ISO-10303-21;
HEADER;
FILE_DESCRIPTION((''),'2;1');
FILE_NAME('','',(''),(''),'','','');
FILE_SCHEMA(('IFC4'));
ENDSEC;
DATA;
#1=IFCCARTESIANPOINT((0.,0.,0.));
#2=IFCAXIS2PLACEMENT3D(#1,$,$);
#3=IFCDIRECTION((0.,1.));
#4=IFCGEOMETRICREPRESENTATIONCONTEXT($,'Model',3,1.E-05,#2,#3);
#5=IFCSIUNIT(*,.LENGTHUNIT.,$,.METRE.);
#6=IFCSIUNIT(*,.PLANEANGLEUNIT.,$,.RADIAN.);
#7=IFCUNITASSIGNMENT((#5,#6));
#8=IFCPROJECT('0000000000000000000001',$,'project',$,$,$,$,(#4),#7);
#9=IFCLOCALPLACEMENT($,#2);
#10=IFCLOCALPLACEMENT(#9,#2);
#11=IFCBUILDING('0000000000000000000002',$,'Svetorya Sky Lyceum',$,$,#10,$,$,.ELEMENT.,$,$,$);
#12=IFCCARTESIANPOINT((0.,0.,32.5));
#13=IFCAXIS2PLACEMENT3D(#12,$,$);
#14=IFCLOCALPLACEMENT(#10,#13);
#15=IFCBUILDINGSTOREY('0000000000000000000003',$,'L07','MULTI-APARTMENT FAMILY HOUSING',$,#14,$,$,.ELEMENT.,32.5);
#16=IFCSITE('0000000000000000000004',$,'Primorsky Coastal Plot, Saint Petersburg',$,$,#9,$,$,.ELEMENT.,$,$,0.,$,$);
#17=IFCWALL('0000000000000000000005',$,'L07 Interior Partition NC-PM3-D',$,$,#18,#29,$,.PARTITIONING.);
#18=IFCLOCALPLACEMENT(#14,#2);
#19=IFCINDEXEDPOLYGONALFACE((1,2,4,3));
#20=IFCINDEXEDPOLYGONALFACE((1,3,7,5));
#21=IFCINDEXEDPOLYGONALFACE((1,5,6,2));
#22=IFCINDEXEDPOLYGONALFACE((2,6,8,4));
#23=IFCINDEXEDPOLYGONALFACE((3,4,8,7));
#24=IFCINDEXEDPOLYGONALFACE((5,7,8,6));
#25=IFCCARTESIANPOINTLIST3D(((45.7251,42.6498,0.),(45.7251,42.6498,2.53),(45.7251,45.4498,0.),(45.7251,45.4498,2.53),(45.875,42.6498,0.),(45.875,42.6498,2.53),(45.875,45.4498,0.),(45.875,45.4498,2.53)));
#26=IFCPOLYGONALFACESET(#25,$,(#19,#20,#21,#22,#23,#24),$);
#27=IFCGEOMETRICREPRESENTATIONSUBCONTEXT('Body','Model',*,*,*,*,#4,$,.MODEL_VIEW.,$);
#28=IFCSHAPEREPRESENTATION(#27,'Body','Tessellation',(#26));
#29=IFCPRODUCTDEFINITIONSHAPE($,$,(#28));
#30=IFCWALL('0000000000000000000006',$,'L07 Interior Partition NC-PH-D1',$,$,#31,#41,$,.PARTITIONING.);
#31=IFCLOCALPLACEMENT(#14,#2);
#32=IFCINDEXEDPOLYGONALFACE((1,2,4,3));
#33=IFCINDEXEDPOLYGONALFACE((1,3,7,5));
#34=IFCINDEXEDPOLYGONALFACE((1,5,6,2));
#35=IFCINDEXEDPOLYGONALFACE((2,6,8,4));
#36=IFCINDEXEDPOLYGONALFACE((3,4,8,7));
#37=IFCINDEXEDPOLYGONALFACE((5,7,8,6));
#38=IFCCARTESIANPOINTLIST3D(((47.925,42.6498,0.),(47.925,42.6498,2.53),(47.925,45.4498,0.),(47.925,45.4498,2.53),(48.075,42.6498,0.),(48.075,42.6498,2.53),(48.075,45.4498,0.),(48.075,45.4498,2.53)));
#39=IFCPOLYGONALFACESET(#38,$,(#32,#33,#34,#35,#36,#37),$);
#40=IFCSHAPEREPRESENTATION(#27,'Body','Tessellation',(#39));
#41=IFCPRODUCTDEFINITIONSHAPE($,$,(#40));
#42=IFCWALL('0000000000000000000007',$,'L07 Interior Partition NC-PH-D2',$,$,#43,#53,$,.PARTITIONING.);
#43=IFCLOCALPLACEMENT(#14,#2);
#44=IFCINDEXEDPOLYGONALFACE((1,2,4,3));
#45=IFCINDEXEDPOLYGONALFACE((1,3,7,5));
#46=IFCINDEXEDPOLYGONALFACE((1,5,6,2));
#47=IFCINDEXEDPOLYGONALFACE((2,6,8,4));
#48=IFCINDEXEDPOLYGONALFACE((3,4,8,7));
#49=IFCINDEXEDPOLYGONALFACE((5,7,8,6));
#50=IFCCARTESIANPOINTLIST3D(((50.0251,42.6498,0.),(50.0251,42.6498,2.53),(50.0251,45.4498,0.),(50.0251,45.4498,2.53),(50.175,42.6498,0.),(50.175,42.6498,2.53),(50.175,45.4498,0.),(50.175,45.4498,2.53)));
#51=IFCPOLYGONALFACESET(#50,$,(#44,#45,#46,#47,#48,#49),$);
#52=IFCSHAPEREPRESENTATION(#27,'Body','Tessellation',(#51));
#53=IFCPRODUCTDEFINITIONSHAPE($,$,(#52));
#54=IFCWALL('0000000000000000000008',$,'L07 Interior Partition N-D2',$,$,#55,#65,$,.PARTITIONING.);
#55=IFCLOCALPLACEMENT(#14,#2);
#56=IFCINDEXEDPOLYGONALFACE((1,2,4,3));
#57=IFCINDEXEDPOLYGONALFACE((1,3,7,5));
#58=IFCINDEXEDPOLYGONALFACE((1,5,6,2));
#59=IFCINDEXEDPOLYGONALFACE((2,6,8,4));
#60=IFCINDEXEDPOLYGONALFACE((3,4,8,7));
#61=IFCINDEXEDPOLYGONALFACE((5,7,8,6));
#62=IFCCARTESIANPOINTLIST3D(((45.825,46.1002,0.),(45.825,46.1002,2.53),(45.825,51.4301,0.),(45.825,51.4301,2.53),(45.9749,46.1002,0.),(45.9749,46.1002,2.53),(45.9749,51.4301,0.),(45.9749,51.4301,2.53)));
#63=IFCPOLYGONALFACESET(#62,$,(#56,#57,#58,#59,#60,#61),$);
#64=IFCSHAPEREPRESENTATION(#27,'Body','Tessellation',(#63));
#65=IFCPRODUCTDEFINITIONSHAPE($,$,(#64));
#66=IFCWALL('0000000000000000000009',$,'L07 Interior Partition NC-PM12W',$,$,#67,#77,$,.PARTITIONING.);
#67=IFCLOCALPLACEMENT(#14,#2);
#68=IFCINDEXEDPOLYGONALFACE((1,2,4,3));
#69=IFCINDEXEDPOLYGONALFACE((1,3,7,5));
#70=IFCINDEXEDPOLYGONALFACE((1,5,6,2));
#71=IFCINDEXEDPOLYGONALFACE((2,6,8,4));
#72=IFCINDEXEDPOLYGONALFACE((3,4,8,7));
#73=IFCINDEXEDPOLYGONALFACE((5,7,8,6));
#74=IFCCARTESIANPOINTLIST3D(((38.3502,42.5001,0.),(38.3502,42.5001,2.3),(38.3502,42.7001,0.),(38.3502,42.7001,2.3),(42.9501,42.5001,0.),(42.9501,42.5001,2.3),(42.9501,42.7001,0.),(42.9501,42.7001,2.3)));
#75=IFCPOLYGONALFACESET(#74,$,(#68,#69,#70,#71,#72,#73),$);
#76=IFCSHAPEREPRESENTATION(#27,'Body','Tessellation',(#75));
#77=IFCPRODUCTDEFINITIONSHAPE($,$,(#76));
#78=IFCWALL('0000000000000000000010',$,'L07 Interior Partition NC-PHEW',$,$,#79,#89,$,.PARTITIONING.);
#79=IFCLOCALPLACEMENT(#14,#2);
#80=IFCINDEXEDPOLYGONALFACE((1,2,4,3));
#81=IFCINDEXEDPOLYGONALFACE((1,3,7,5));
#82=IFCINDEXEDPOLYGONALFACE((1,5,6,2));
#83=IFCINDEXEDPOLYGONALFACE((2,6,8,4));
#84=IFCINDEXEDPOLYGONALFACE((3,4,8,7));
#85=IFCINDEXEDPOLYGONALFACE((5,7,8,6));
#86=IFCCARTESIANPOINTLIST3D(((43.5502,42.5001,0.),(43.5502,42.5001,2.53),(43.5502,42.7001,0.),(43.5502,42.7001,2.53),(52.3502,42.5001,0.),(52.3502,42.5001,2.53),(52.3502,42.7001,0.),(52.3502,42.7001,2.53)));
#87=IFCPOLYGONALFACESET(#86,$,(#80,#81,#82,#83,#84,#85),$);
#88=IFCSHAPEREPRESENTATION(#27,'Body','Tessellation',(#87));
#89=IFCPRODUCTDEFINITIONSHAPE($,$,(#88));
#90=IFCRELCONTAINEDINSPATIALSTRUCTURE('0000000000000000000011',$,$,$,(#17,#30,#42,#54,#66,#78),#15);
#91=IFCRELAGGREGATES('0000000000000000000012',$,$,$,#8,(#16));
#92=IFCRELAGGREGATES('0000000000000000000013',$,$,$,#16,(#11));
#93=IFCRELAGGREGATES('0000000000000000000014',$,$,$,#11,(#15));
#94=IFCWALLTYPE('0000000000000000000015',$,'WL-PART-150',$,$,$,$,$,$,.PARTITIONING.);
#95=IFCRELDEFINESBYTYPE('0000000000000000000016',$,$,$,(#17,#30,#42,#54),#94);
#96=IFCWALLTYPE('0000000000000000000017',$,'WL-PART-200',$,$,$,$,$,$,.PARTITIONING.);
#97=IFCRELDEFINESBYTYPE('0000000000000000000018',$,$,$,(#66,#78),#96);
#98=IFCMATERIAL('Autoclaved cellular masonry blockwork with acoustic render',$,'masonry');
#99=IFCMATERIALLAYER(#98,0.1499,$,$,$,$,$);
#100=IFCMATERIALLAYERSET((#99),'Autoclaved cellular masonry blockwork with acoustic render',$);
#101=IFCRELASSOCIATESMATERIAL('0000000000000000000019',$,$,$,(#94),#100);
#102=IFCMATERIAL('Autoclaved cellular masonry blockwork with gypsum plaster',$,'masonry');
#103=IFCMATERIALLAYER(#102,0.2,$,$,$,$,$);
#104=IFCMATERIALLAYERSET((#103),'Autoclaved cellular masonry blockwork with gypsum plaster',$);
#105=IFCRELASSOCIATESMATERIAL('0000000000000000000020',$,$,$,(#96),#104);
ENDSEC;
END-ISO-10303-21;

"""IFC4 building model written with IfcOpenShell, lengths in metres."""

from ifc_helpers import new_model, si_unit, direction, frame, frame_2d, origin, place, context, subcontext, project, spatial, rectangle, extrude, material, layer, layer_set, type_object, element, save


model = new_model("IFC4")

# Units and contexts
model_context = context("Model", 3, precision=1e-05, world=origin(), true_north=direction((0.0, 1.0)))
body_context = subcontext(model_context, "Body", "Model", "MODEL_VIEW")
ifc_project = project(units=[si_unit("LENGTHUNIT", "METRE"), si_unit("PLANEANGLEUNIT", "RADIAN")], contexts=[model_context])

# Site, building, storey
site_placement = place(None, origin())
site = spatial("IfcSite", under=ifc_project, at=site_placement, Name="Primorsky Coastal Plot, Saint Petersburg", CompositionType="ELEMENT", RefElevation=0.0)
building_placement = place(site_placement, origin())
building = spatial("IfcBuilding", under=site, at=building_placement, Name="Svetorya Sky Lyceum", CompositionType="ELEMENT")
storey_placement = place(building_placement, frame((0.0, 0.0, 32.5)))
storey = spatial("IfcBuildingStorey", under=building, at=storey_placement, Name="L07", Description="MULTI-APARTMENT FAMILY HOUSING", CompositionType="ELEMENT", Elevation=32.5)

# Walls
ifc_material_1 = material(Name="Autoclaved cellular masonry blockwork with acoustic render", Category="masonry")
ifc_layer_1 = layer(ifc_material_1, 0.1499)
ifc_layer_set_1 = layer_set([ifc_layer_1], Name="Autoclaved cellular masonry blockwork with acoustic render")
wall_type_1 = type_object("IfcWallType", Name="WL-PART-150", PredefinedType="PARTITIONING", material=ifc_layer_set_1)
for number, where, z_axis, x_axis, name in (
    (1, (45.8, 42.6499, 0.0), (0.0, 0.0, 1.0), (0.0, 1.0, 0.0), "L07 Interior Partition NC-PM3-D"),
    (2, (48.0, 42.6499, 0.0), (0.0, 0.0, 1.0), (0.0, 1.0, 0.0), "L07 Interior Partition NC-PH-D1"),
    (3, (50.1001, 42.6499, 0.0), (0.0, 0.0, 1.0), (0.0, 1.0, 0.0), "L07 Interior Partition NC-PH-D2"),
):
    element("IfcWall", number, at=place(storey_placement, frame(where, z_axis=z_axis, x_axis=x_axis)), inside=storey, type_object=wall_type_1, Name=name, PredefinedType="PARTITIONING", context=body_context, shape_type="SweptSolid", body=[
        extrude(rectangle(XDim=2.8, YDim=0.1499, at=frame_2d((1.3999, 0.0))), origin(), (0.0, 0.0, 1.0), 2.53),
    ])
wall_1_placement = place(storey_placement, frame((45.8999, 46.1001, 0.0), z_axis=(0.0, 0.0, 1.0), x_axis=(0.0, 1.0, 0.0)))
element("IfcWall", 4, at=wall_1_placement, inside=storey, type_object=wall_type_1, Name="L07 Interior Partition N-D2", PredefinedType="PARTITIONING", context=body_context, shape_type="SweptSolid", body=[
    extrude(rectangle(XDim=5.3298, YDim=0.1499, at=frame_2d((2.665, 0.0))), origin(), (0.0, 0.0, 1.0), 2.53),
])
ifc_material_2 = material(Name="Autoclaved cellular masonry blockwork with gypsum plaster", Category="masonry")
ifc_layer_2 = layer(ifc_material_2, 0.2)
ifc_layer_set_2 = layer_set([ifc_layer_2], Name="Autoclaved cellular masonry blockwork with gypsum plaster")
wall_type_2 = type_object("IfcWallType", Name="WL-PART-200", PredefinedType="PARTITIONING", material=ifc_layer_set_2)
wall_2_placement = place(storey_placement, frame((42.95, 42.6001, 0.0), z_axis=(0.0, 0.0, 1.0), x_axis=(-1.0, 0.0, 0.0)))
element("IfcWall", 5, at=wall_2_placement, inside=storey, type_object=wall_type_2, Name="L07 Interior Partition NC-PM12W", PredefinedType="PARTITIONING", context=body_context, shape_type="SweptSolid", body=[
    extrude(rectangle(XDim=4.5999, YDim=0.2, at=frame_2d((2.2998, 0.0))), origin(), (0.0, 0.0, 1.0), 2.3),
])
wall_3_placement = place(storey_placement, frame((52.3501, 42.6001, 0.0), z_axis=(0.0, 0.0, 1.0), x_axis=(-1.0, 0.0, 0.0)))
element("IfcWall", 6, at=wall_3_placement, inside=storey, type_object=wall_type_2, Name="L07 Interior Partition NC-PHEW", PredefinedType="PARTITIONING", context=body_context, shape_type="SweptSolid", body=[
    extrude(rectangle(XDim=8.8, YDim=0.2, at=frame_2d((4.3999, 0.0))), origin(), (0.0, 0.0, 1.0), 2.53),
])

save(model, "model.ifc")
